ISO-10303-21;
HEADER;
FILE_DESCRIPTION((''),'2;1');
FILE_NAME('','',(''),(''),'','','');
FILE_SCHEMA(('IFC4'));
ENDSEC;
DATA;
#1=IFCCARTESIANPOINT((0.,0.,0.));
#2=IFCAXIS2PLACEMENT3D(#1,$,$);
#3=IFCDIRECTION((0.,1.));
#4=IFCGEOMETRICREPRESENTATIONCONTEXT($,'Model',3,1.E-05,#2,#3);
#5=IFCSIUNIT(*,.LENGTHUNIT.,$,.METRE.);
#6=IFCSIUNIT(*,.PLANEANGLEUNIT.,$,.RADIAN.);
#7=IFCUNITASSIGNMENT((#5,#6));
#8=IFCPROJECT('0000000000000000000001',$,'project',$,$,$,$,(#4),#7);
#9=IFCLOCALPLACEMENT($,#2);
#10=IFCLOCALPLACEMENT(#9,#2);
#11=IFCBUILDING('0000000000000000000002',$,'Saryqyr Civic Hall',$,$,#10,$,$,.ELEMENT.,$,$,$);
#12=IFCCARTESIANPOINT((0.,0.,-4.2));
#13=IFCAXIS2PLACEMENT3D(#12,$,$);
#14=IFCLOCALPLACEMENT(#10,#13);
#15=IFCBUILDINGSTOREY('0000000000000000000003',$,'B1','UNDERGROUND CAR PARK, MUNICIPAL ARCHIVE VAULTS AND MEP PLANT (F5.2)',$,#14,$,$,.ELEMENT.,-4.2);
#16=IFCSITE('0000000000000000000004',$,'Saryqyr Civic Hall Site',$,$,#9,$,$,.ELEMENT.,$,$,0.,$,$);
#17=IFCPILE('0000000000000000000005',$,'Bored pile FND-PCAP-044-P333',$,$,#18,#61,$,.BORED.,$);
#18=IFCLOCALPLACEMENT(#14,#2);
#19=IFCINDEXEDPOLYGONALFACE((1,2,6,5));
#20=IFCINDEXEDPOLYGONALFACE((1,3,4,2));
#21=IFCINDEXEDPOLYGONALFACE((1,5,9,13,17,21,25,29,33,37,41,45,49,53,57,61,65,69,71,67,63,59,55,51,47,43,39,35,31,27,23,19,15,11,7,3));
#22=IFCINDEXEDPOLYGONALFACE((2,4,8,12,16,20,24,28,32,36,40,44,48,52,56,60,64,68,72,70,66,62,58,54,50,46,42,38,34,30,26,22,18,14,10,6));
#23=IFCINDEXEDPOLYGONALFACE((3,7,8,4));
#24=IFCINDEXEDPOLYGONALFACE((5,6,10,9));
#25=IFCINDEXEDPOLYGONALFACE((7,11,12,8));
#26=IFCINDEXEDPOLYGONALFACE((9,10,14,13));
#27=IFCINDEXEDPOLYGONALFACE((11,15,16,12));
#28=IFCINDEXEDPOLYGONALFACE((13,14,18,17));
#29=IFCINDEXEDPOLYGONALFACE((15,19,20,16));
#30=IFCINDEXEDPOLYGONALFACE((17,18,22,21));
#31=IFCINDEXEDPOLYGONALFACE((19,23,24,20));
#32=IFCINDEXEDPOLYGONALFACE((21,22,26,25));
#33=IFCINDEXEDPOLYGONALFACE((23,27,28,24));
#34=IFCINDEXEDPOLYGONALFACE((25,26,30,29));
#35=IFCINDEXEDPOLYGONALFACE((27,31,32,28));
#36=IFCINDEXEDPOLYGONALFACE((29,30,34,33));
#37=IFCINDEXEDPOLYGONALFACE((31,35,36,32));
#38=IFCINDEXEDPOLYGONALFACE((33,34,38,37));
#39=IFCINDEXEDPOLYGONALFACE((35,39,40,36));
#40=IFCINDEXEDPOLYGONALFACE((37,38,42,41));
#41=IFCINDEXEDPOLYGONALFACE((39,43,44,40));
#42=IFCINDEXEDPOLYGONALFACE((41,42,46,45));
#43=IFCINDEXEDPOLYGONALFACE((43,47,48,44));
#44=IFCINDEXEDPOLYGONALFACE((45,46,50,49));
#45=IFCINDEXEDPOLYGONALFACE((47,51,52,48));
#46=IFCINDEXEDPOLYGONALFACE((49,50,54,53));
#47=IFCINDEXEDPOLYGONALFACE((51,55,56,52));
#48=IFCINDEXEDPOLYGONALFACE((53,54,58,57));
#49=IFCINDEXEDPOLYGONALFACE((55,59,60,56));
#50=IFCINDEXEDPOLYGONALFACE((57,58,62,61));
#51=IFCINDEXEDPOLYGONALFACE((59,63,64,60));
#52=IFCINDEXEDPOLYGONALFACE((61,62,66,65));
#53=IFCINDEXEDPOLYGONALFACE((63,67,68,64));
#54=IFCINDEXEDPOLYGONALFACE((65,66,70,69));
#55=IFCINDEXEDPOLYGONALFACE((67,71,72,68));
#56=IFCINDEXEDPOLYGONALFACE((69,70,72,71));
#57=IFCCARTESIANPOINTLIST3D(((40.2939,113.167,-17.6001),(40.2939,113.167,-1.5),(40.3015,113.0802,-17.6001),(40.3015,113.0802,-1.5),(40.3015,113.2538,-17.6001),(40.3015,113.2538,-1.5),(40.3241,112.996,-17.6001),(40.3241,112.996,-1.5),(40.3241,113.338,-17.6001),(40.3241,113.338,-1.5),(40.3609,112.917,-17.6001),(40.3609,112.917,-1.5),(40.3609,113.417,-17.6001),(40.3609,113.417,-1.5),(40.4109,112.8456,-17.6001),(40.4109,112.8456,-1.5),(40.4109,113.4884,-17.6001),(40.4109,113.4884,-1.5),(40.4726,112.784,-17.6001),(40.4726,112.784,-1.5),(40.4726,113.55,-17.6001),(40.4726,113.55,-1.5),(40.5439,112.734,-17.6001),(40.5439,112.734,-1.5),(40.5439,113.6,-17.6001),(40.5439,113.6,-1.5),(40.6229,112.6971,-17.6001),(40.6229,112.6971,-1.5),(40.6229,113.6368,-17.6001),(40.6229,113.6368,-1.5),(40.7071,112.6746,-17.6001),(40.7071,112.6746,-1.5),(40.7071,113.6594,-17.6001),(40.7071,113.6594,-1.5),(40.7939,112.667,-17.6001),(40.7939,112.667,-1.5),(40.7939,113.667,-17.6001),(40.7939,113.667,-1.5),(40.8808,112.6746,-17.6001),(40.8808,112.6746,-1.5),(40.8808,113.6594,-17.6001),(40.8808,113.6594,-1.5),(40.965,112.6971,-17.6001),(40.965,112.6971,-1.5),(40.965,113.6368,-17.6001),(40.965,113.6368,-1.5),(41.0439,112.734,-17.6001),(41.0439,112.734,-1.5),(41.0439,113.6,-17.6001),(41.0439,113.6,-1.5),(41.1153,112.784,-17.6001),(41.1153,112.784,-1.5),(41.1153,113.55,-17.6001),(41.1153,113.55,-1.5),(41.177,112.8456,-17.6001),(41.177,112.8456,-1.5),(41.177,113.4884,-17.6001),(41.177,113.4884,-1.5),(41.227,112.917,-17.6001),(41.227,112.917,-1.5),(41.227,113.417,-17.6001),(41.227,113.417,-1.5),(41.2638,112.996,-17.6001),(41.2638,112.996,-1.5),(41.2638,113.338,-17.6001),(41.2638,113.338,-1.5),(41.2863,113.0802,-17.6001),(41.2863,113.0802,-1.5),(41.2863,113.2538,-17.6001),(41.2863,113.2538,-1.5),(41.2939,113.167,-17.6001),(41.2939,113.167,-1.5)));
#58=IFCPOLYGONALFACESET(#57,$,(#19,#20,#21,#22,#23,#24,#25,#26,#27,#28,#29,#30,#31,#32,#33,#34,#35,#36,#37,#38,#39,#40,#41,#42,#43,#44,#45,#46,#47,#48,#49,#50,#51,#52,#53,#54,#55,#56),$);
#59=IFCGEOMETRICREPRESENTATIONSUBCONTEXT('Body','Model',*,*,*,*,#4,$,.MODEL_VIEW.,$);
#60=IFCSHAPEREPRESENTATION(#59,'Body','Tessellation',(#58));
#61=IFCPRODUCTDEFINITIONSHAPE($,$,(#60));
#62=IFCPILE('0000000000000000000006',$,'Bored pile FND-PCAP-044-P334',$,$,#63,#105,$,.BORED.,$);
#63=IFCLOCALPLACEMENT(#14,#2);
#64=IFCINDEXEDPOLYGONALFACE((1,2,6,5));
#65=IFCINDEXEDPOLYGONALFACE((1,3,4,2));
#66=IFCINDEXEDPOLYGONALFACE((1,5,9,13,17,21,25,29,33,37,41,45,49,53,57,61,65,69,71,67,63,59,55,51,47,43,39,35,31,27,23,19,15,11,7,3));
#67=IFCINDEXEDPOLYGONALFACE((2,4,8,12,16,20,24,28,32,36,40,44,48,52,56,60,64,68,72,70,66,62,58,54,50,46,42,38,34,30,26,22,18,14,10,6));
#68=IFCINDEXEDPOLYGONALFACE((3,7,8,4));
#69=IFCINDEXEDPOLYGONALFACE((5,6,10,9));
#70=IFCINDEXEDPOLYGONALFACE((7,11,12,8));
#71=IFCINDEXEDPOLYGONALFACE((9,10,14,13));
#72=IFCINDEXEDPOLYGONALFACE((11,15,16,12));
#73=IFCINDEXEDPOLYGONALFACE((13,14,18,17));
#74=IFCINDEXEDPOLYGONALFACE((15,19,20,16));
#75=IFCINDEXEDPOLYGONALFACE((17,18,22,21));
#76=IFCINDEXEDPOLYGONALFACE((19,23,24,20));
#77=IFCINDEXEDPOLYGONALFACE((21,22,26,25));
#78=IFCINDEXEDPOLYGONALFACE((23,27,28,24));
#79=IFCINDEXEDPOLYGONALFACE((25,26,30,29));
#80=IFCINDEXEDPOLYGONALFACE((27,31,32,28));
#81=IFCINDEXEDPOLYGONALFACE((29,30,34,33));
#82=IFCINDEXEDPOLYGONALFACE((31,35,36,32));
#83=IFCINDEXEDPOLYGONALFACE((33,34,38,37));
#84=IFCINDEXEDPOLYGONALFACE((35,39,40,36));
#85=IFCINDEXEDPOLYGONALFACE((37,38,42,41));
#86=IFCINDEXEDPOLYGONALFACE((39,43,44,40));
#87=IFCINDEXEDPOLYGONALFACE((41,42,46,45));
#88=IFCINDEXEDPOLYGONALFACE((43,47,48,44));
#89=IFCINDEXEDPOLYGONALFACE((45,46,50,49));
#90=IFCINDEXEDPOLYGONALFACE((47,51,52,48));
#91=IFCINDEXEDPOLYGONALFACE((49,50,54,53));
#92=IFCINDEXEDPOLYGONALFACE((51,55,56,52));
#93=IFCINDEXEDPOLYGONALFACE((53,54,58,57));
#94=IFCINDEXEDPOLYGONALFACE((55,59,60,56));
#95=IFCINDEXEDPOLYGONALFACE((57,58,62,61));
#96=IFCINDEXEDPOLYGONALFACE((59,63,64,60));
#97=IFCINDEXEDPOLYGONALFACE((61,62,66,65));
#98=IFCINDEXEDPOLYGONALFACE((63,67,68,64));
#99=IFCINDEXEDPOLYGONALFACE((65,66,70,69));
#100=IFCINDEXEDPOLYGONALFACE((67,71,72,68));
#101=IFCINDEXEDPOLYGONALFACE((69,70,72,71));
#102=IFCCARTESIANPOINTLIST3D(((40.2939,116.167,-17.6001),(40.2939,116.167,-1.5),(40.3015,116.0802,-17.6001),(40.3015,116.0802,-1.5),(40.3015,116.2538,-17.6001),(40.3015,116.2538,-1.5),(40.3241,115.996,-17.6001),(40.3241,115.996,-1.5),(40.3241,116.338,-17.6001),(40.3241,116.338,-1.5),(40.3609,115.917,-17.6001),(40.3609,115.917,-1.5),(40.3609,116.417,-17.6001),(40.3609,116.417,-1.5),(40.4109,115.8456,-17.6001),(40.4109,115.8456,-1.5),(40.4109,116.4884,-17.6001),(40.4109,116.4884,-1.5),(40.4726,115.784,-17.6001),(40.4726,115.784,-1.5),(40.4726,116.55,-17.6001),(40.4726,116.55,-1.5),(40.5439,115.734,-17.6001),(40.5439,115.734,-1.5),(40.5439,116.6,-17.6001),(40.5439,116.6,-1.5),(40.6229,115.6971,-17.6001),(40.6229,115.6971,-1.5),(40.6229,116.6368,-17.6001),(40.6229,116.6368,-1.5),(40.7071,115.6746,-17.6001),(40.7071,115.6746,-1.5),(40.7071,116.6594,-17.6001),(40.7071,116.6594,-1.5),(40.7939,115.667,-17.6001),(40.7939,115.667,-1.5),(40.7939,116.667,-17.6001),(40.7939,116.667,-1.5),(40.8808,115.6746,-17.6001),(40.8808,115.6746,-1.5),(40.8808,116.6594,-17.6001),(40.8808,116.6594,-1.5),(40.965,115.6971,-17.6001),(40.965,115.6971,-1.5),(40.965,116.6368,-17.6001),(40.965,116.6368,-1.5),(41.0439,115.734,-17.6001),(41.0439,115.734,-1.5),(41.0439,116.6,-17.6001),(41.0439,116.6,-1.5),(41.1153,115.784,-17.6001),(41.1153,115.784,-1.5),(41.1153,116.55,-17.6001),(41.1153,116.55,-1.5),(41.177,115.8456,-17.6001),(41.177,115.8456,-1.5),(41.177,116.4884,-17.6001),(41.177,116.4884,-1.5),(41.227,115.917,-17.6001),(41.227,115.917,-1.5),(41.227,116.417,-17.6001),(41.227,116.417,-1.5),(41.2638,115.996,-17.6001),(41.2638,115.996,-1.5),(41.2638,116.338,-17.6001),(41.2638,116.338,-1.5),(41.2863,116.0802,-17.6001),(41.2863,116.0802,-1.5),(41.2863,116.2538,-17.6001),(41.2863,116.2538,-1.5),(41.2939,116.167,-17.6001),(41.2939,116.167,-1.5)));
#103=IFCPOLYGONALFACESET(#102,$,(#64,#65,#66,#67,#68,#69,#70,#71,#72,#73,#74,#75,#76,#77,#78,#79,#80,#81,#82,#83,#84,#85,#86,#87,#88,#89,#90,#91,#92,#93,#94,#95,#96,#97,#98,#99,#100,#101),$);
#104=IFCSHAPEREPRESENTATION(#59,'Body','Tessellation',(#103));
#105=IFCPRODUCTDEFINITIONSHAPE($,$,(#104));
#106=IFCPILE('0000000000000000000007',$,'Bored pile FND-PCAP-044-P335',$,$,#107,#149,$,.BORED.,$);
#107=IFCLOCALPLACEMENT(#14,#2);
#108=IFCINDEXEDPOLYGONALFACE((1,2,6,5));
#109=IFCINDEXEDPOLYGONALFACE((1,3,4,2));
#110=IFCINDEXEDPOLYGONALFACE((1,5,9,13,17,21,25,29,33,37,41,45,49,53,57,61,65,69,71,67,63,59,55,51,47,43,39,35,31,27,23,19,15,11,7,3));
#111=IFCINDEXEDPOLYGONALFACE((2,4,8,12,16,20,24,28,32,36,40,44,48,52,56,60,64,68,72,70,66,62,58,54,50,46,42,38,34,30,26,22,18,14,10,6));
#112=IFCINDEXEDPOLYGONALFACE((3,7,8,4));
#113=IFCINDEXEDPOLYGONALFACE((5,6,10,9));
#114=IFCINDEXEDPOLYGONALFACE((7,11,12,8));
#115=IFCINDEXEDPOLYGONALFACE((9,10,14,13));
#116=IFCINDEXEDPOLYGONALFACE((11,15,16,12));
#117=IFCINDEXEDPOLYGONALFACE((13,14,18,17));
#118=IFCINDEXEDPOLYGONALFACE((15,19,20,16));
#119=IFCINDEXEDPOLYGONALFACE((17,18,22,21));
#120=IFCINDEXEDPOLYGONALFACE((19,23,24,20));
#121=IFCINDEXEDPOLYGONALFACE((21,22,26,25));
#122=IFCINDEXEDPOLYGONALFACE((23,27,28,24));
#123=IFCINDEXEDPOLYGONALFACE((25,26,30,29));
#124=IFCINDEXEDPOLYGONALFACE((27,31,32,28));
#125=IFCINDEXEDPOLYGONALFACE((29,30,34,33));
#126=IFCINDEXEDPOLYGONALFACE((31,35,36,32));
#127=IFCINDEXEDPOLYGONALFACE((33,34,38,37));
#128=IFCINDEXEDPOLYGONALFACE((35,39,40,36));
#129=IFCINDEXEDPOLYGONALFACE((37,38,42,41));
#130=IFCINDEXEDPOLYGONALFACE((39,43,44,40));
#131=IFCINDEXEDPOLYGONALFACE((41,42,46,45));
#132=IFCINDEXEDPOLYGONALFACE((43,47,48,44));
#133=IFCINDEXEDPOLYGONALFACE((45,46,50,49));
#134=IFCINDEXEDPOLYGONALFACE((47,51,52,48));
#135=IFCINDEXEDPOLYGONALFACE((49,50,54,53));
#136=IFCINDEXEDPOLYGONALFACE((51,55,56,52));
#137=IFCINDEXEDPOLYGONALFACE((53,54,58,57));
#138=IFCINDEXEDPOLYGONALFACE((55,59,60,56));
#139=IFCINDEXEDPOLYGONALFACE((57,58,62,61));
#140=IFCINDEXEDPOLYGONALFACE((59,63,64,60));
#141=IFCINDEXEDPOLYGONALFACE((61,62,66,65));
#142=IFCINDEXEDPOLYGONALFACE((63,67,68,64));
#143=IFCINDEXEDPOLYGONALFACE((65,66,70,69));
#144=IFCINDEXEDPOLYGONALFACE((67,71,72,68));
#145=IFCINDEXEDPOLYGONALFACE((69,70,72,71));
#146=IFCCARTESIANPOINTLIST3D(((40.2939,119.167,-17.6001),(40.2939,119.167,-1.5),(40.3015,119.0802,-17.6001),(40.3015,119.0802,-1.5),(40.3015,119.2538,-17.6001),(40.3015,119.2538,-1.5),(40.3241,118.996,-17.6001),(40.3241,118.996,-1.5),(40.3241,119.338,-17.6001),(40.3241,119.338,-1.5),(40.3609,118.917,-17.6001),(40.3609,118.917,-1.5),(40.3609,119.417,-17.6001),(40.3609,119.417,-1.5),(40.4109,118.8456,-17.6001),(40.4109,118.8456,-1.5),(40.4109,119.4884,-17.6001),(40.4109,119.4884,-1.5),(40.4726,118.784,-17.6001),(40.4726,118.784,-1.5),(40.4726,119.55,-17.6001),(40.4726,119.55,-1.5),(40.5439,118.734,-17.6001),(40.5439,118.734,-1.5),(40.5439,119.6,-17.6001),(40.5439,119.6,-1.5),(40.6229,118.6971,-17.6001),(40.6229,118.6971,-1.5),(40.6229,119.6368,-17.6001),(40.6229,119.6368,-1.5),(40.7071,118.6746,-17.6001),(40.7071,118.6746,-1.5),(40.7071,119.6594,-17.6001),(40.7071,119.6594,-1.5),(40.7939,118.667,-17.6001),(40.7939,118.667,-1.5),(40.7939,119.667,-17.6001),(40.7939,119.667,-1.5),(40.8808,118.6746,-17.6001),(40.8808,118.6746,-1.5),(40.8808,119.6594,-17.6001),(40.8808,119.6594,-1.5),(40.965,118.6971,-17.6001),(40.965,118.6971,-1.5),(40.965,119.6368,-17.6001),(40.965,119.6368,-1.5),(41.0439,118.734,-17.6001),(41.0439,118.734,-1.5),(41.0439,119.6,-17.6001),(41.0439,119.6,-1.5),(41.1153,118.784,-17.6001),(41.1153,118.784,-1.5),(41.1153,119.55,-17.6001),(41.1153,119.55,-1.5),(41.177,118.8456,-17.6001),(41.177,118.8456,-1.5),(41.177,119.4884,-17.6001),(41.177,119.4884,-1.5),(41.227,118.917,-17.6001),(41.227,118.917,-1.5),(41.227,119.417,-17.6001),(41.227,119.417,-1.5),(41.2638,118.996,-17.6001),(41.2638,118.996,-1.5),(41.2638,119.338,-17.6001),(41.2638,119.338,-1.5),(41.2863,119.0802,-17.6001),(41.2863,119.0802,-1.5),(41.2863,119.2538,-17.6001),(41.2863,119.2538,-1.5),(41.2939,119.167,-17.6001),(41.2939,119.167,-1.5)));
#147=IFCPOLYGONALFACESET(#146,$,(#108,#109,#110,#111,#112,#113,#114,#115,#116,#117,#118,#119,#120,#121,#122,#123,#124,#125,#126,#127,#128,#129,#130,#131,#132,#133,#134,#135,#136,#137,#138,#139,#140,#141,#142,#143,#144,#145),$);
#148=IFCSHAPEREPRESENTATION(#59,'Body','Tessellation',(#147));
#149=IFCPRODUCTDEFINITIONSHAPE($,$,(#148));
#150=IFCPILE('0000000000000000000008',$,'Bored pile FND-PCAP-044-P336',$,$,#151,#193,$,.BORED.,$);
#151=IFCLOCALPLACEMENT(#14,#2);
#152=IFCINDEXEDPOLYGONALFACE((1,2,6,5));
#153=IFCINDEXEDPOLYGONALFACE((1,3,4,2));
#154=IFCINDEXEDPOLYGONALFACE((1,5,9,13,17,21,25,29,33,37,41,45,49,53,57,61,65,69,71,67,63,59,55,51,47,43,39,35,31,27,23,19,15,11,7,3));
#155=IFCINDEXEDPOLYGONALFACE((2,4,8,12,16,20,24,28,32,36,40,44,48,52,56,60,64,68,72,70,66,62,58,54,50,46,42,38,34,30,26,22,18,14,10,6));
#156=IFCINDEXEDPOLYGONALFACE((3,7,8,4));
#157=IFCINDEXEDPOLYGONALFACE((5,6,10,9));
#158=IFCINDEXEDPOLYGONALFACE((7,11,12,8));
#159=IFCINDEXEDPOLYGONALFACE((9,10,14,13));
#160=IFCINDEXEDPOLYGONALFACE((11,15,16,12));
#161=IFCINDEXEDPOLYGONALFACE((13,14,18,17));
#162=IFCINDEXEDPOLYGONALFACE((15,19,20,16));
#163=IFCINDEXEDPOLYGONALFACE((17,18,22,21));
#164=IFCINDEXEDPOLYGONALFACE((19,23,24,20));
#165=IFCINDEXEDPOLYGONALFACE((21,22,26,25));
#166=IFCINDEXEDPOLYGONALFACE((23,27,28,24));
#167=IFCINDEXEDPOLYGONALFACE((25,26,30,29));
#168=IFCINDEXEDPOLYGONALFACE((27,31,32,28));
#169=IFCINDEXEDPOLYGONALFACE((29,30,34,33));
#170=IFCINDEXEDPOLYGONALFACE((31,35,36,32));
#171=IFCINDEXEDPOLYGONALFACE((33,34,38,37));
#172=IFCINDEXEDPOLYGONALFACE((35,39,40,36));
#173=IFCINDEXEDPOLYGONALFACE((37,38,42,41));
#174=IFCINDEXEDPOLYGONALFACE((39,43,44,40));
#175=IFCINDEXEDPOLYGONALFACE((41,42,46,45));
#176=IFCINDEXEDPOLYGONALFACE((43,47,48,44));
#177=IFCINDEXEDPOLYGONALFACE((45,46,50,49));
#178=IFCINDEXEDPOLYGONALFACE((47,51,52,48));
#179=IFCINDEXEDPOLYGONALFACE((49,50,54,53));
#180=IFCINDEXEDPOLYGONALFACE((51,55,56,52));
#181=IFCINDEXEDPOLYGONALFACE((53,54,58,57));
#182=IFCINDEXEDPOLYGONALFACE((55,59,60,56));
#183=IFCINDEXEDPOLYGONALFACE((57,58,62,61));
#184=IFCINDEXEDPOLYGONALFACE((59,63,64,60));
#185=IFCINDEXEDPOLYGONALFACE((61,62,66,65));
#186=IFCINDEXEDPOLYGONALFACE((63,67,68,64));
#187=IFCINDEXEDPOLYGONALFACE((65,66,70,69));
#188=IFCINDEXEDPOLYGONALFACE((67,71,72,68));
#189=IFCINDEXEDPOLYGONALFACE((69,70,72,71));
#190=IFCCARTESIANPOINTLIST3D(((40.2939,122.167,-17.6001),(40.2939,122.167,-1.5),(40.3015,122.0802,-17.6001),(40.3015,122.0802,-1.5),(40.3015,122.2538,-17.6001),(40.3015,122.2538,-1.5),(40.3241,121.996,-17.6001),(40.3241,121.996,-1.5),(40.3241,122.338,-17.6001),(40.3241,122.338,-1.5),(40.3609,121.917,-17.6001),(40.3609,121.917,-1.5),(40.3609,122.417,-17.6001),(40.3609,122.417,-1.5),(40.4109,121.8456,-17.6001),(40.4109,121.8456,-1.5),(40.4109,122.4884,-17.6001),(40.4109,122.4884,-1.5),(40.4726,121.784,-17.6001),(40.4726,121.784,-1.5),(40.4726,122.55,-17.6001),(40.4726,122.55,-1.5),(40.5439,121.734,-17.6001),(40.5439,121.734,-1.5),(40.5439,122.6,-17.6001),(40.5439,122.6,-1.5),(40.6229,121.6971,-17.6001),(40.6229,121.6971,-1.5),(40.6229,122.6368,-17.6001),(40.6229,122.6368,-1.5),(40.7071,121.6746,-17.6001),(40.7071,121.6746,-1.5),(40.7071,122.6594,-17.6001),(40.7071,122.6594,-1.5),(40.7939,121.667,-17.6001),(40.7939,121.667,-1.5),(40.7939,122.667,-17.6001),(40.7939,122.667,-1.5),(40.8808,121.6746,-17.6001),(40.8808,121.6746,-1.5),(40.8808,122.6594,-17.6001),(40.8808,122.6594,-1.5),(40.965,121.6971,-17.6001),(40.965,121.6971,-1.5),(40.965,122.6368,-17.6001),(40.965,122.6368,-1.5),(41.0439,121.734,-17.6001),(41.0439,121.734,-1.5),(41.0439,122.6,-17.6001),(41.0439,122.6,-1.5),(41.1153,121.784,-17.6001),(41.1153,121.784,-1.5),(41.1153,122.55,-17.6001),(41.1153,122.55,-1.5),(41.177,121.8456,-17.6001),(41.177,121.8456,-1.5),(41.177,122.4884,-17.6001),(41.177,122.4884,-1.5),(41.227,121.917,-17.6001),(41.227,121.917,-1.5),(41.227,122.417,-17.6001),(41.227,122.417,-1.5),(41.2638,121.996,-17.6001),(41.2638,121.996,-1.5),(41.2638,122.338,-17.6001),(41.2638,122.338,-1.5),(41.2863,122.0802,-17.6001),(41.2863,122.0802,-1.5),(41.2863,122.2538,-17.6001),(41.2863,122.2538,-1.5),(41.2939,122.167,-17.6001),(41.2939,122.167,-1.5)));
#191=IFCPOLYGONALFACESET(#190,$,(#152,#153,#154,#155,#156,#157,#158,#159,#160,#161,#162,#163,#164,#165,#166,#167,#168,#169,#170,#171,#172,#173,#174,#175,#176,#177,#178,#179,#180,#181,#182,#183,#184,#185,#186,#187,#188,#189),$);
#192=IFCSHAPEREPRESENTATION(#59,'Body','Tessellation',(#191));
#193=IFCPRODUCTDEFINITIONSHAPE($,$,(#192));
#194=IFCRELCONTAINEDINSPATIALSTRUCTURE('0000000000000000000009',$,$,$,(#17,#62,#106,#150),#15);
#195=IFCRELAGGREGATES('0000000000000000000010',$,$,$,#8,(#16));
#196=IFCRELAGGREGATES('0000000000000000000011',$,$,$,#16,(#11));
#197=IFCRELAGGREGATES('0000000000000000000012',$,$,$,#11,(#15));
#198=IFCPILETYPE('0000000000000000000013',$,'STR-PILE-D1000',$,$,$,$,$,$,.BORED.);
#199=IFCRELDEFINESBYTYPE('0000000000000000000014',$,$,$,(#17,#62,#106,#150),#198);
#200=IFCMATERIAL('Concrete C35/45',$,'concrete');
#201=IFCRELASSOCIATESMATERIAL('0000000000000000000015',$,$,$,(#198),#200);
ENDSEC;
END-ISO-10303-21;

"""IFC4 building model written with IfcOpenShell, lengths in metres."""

from ifc_helpers import new_model, si_unit, direction, frame, origin, origin_2d, place, context, subcontext, project, spatial, circle, extrude, material, material_profile, profile_set, type_object, element, save


model = new_model("IFC4")

# Units and contexts
model_context = context("Model", 3, precision=1e-05, world=origin(), true_north=direction((0.0, 1.0)))
body_context = subcontext(model_context, "Body", "Model", "MODEL_VIEW")
ifc_project = project(units=[si_unit("LENGTHUNIT", "METRE"), si_unit("PLANEANGLEUNIT", "RADIAN")], contexts=[model_context])

# Site, building, storey
site_placement = place(None, origin())
site = spatial("IfcSite", under=ifc_project, at=site_placement, Name="Saryqyr Civic Hall Site", CompositionType="ELEMENT", RefElevation=0.0)
building_placement = place(site_placement, origin())
building = spatial("IfcBuilding", under=site, at=building_placement, Name="Saryqyr Civic Hall", CompositionType="ELEMENT")
storey_placement = place(building_placement, frame((0.0, 0.0, -4.2)))
storey = spatial("IfcBuildingStorey", under=building, at=storey_placement, Name="B1", Description="UNDERGROUND CAR PARK, MUNICIPAL ARCHIVE VAULTS AND MEP PLANT (F5.2)", CompositionType="ELEMENT", Elevation=-4.2)

# Piles
ifc_material_1 = material(Name="Concrete C35/45", Category="concrete")
ifc_material_profile_1 = material_profile(ifc_material_1, circle(Radius=0.5, at=origin_2d()), Name="BORED PILE D1000")
ifc_profile_set_1 = profile_set([ifc_material_profile_1], Name="Concrete C35/45")
pile_type = type_object("IfcPileType", Name="STR-PILE-D1000", PredefinedType="BORED", material=ifc_profile_set_1)
for number, where, z_axis, x_axis, name in (
    (1, (40.7939, 113.167, -1.5), (0.0, 0.0, -1.0), (1.0, 0.0, 0.0), "Bored pile FND-PCAP-044-P333"),
    (2, (40.7939, 116.167, -1.5), (0.0, 0.0, -1.0), (1.0, 0.0, 0.0), "Bored pile FND-PCAP-044-P334"),
    (3, (40.7939, 119.167, -1.5), (0.0, 0.0, -1.0), (1.0, 0.0, 0.0), "Bored pile FND-PCAP-044-P335"),
    (4, (40.7939, 122.167, -1.5), (0.0, 0.0, -1.0), (1.0, 0.0, 0.0), "Bored pile FND-PCAP-044-P336"),
):
    element("IfcPile", number, at=place(storey_placement, frame(where, z_axis=z_axis, x_axis=x_axis)), inside=storey, type_object=pile_type, Name=name, PredefinedType="BORED", context=body_context, shape_type="SweptSolid", body=[
        extrude(circle(Radius=0.5, at=origin_2d()), origin(), (0.0, 0.0, 1.0), 16.1001),
    ])

save(model, "model.ifc")
